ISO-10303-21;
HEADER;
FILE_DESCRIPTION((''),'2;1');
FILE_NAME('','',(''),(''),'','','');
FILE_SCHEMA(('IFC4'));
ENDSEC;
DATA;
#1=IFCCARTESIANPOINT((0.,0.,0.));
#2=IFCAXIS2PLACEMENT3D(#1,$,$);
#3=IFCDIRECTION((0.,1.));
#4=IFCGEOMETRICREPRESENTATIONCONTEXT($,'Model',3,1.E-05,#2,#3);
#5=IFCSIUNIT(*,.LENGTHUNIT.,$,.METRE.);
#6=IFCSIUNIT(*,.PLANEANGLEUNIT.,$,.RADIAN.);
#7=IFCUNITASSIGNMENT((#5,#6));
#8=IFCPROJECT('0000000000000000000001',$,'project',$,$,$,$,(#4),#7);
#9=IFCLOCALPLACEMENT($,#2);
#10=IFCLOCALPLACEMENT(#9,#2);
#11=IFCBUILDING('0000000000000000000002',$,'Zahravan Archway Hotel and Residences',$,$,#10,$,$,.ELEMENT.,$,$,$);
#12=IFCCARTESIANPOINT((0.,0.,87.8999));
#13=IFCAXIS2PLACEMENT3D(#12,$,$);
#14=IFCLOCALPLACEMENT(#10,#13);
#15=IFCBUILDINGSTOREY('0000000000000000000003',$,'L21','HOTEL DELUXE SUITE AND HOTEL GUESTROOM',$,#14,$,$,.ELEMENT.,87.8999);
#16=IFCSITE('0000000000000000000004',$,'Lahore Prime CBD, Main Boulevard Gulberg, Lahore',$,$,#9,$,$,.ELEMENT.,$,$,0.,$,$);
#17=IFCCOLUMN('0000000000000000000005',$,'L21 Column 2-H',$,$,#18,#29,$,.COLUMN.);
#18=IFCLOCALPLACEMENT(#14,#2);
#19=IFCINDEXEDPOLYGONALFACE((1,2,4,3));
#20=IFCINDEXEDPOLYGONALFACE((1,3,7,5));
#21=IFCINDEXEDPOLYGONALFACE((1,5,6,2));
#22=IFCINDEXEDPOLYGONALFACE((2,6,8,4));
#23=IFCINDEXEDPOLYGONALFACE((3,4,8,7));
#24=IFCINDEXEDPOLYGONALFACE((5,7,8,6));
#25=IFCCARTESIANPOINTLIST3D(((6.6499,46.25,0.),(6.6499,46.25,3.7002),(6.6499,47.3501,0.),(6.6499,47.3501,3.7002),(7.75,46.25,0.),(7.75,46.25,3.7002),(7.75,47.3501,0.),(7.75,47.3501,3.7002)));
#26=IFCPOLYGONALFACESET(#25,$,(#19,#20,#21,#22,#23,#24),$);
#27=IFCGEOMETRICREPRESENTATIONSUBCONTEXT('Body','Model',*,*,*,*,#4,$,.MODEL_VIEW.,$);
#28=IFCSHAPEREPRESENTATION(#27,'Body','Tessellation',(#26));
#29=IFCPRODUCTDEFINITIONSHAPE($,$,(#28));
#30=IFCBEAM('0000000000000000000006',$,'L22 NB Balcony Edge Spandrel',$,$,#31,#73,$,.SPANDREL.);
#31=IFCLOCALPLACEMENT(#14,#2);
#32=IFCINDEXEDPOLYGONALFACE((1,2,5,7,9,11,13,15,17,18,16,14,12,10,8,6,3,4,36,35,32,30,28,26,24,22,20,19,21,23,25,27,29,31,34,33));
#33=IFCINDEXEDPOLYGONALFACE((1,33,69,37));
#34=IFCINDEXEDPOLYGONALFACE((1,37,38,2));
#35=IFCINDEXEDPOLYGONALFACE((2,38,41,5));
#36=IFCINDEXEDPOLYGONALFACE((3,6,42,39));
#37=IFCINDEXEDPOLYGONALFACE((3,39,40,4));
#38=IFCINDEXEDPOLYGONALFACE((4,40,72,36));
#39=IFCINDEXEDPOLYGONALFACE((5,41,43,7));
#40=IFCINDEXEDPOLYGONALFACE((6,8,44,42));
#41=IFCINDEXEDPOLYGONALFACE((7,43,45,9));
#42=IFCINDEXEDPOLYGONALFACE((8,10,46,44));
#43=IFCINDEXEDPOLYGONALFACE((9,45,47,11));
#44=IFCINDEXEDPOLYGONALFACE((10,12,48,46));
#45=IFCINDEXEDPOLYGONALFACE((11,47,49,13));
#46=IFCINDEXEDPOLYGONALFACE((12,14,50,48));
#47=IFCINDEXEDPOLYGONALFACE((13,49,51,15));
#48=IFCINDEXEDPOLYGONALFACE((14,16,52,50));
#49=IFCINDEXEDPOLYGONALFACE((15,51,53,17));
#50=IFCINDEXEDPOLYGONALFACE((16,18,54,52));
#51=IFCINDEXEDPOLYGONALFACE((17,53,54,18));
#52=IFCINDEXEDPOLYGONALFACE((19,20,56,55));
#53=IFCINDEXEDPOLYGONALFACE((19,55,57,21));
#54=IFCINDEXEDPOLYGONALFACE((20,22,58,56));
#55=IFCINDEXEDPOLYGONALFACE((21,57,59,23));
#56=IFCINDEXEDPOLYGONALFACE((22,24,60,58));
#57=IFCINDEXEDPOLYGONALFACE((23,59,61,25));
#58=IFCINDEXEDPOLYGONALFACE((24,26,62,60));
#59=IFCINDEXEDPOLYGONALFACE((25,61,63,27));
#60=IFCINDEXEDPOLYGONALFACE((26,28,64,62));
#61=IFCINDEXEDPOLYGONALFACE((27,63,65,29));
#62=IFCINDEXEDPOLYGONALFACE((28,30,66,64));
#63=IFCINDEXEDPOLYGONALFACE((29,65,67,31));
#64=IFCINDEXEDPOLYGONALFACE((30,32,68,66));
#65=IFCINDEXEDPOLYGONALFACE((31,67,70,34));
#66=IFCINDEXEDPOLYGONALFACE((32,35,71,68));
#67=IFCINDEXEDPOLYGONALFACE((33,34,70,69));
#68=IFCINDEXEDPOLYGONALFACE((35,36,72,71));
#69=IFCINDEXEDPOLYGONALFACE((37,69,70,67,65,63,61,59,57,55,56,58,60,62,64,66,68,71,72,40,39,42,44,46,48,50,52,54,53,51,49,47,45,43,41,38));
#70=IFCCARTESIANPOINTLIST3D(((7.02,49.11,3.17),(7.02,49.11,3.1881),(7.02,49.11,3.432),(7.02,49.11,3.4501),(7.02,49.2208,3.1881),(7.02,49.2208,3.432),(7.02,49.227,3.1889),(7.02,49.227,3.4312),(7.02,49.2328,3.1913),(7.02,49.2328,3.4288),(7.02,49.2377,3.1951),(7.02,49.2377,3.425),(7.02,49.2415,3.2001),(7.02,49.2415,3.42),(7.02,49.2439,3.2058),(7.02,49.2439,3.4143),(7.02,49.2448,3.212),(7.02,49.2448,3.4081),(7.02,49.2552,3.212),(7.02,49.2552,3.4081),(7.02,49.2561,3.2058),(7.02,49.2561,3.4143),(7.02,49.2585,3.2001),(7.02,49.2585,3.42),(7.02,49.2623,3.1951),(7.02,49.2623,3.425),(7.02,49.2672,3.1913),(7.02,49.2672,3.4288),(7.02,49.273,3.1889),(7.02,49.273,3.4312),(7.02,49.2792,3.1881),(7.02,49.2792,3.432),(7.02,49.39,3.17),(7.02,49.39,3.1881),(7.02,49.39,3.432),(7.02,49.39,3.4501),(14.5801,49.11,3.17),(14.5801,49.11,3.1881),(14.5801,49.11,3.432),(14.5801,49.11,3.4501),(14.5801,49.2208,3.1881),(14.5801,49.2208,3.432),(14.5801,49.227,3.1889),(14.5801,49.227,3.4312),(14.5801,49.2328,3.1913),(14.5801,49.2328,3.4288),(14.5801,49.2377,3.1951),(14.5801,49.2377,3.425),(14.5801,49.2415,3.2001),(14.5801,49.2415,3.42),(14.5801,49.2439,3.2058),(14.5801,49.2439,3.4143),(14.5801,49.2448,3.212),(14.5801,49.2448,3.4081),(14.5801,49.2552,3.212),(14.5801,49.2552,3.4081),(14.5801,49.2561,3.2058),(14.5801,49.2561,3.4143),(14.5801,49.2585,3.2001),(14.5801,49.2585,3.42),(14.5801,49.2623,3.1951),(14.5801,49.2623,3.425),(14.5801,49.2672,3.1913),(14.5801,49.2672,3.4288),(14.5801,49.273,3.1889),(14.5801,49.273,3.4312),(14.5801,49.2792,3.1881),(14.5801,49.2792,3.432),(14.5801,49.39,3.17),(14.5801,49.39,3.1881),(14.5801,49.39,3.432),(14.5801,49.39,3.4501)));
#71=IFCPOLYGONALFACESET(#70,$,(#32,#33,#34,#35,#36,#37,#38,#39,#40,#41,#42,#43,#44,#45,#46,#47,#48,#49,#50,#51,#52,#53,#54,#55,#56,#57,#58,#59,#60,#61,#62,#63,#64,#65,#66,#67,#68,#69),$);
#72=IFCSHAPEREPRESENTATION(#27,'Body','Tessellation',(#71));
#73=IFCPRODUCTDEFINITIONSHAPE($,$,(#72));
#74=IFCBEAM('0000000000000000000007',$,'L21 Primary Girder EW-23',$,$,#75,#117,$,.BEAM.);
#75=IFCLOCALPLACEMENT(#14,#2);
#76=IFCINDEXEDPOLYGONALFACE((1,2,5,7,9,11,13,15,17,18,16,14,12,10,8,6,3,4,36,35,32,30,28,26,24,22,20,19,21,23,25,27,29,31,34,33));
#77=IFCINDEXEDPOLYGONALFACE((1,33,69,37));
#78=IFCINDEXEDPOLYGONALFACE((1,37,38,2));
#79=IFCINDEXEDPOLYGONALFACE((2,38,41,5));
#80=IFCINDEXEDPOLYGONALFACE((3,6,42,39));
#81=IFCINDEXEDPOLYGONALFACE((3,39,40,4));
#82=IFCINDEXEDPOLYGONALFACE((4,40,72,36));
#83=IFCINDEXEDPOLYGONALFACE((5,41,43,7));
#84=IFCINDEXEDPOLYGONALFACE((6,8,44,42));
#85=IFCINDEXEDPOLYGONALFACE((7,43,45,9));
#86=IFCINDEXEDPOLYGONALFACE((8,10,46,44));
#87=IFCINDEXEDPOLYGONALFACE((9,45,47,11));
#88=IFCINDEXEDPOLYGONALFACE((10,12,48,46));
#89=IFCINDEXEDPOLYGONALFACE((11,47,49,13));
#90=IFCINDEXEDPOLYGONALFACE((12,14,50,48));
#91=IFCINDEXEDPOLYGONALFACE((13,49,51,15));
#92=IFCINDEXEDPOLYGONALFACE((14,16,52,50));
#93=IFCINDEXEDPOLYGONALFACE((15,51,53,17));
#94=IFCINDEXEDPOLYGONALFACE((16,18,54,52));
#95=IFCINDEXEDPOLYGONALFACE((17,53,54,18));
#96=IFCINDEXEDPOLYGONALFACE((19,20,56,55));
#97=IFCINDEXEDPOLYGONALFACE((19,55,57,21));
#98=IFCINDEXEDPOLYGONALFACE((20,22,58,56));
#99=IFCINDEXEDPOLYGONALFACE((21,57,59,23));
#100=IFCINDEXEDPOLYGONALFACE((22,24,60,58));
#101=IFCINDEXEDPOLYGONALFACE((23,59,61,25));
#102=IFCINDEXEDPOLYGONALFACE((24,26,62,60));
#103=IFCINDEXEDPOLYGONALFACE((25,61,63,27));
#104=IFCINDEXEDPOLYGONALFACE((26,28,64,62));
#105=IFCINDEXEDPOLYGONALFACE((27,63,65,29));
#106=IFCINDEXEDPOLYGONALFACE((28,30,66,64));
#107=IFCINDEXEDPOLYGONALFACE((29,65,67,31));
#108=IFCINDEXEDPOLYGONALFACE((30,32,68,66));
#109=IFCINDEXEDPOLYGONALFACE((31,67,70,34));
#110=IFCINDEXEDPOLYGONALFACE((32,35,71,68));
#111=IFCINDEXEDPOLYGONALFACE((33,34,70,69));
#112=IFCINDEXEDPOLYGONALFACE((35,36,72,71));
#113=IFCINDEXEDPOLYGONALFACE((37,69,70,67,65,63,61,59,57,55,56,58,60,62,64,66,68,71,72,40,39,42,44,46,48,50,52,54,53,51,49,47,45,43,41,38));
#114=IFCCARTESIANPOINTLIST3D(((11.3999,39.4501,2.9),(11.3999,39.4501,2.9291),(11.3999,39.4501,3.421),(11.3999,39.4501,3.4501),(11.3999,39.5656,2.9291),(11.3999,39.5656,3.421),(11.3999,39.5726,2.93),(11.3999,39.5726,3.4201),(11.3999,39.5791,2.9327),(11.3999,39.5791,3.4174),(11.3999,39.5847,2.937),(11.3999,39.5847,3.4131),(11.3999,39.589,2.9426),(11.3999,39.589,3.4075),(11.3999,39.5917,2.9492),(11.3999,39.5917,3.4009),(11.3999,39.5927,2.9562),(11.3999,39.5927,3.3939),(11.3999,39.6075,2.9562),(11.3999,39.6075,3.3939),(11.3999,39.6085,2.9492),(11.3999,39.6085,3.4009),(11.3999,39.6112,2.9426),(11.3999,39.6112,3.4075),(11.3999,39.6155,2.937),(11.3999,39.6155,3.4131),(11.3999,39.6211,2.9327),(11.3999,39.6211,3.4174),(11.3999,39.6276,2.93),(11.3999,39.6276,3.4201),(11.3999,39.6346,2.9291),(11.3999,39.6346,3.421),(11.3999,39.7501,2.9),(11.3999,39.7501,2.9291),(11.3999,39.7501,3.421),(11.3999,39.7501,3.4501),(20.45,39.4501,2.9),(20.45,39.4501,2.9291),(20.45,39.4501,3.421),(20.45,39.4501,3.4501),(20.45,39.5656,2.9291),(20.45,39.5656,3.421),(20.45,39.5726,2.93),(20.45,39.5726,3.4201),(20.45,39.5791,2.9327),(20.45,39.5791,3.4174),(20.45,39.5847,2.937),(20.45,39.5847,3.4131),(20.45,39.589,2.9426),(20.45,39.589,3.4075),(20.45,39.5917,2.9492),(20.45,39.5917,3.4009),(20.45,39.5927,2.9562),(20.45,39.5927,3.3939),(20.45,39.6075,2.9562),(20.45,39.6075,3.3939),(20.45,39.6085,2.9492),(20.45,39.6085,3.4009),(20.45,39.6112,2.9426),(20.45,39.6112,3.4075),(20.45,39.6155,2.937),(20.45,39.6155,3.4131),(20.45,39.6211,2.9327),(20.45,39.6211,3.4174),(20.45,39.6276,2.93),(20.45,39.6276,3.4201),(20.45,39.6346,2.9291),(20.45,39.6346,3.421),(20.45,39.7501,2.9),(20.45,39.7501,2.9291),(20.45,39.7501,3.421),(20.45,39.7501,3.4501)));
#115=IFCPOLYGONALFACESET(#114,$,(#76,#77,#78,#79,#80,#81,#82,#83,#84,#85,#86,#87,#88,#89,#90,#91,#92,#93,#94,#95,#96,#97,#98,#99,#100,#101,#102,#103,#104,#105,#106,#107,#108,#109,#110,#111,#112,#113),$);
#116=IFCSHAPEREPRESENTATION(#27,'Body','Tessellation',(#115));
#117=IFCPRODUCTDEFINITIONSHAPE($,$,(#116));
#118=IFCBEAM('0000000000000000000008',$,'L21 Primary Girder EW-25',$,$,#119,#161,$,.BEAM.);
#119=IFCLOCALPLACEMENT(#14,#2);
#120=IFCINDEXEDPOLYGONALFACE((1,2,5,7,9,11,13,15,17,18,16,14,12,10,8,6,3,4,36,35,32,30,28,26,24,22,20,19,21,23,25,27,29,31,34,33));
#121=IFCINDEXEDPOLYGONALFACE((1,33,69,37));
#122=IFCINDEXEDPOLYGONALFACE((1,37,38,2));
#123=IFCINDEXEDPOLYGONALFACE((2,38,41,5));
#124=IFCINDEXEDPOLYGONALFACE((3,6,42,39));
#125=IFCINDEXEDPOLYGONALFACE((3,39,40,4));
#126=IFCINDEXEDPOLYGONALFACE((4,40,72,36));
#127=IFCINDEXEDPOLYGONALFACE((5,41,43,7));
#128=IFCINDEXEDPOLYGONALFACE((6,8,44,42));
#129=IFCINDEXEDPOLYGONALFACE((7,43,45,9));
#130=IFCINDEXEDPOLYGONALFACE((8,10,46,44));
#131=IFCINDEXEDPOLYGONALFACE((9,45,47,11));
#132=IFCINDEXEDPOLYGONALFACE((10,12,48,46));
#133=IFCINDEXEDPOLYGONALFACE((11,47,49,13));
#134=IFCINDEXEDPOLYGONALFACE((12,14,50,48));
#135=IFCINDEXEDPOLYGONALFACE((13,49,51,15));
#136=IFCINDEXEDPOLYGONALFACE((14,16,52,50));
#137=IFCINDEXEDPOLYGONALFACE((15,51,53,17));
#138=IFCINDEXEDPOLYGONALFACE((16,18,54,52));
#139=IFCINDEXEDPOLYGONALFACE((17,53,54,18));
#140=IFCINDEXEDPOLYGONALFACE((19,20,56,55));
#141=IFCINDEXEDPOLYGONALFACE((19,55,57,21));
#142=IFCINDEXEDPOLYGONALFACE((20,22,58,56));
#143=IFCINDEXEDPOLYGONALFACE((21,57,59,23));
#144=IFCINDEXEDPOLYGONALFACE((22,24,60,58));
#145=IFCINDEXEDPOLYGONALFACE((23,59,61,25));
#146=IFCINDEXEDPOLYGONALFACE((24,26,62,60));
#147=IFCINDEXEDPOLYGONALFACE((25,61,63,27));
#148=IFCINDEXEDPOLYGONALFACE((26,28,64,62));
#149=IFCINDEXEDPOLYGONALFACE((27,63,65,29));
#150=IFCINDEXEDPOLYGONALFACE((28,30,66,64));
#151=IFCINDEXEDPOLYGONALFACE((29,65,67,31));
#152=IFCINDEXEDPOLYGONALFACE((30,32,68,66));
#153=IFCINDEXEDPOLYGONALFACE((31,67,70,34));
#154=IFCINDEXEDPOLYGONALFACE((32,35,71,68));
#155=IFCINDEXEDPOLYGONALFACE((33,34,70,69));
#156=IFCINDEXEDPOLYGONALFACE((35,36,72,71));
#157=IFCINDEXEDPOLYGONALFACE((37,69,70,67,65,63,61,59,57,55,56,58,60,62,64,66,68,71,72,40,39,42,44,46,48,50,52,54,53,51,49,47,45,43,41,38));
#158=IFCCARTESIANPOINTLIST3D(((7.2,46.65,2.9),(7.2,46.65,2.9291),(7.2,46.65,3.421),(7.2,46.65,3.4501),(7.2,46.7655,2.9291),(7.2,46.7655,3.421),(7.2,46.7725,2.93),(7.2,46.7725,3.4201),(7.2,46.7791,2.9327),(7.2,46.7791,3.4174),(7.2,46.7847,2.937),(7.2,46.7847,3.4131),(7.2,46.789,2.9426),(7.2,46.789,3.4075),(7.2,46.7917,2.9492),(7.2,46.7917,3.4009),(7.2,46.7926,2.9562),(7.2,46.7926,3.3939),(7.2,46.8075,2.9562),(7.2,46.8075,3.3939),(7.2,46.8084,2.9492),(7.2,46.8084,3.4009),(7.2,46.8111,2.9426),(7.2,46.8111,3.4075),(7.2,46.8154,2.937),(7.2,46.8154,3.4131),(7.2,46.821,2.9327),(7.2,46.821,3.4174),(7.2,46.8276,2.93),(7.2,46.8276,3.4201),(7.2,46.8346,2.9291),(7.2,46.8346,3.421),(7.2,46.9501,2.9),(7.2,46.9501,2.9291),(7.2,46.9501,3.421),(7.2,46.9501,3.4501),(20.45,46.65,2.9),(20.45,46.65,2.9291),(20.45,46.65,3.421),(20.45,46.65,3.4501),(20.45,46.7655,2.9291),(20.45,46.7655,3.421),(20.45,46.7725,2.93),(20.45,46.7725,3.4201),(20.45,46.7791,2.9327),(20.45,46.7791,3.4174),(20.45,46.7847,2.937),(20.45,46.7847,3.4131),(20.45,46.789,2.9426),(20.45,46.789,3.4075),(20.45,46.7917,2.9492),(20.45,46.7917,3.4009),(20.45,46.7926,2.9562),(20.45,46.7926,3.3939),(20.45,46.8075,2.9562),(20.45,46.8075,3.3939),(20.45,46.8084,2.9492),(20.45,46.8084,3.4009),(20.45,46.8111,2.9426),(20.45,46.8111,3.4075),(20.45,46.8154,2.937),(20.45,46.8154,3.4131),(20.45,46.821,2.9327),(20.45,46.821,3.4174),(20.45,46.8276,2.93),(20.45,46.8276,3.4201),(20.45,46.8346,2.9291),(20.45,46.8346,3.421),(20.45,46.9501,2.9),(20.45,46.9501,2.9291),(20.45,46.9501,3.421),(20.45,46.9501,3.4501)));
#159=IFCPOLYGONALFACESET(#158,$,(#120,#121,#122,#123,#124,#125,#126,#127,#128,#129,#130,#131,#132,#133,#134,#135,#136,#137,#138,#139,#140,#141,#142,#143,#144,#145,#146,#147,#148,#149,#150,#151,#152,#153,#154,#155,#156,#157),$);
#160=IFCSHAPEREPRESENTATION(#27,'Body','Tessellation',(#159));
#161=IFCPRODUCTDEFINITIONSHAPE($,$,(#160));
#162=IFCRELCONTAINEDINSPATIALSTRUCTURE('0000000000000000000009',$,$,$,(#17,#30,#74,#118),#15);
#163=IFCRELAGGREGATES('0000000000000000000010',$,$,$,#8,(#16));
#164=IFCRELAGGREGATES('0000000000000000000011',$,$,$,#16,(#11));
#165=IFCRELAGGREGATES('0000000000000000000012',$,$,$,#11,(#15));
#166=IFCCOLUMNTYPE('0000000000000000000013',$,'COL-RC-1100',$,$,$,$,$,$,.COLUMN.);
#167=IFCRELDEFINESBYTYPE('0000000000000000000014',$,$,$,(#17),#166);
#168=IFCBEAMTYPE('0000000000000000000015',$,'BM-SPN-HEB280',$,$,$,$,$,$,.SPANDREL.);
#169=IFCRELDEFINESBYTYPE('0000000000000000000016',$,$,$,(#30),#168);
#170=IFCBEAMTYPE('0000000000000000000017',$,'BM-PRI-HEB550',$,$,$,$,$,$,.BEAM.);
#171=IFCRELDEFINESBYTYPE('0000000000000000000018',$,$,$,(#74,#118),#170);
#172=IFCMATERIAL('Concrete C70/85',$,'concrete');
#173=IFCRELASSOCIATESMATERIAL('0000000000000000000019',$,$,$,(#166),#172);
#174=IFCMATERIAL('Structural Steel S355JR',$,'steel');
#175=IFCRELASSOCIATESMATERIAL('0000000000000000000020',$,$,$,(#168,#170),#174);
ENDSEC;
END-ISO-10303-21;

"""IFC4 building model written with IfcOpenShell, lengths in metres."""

from ifc_helpers import new_model, si_unit, direction, frame, origin, origin_2d, place, context, subcontext, project, spatial, rectangle, i_section, extrude, source, transform, mapped, material, material_profile, profile_set, type_object, type_shapes, element, save


model = new_model("IFC4")

# Units and contexts
model_context = context("Model", 3, precision=1e-05, world=origin(), true_north=direction((0.0, 1.0)))
body_context = subcontext(model_context, "Body", "Model", "MODEL_VIEW")
ifc_project = project(units=[si_unit("LENGTHUNIT", "METRE"), si_unit("PLANEANGLEUNIT", "RADIAN")], contexts=[model_context])

# Site, building, storey
site_placement = place(None, origin())
site = spatial("IfcSite", under=ifc_project, at=site_placement, Name="Lahore Prime CBD, Main Boulevard Gulberg, Lahore", CompositionType="ELEMENT", RefElevation=0.0)
building_placement = place(site_placement, origin())
building = spatial("IfcBuilding", under=site, at=building_placement, Name="Zahravan Archway Hotel and Residences", CompositionType="ELEMENT")
storey_placement = place(building_placement, frame((0.0, 0.0, 87.8999)))
storey = spatial("IfcBuildingStorey", under=building, at=storey_placement, Name="L21", Description="HOTEL DELUXE SUITE AND HOTEL GUESTROOM", CompositionType="ELEMENT", Elevation=87.8999)

# Column
ifc_material_1 = material(Name="Concrete C70/85", Category="concrete")
ifc_material_profile_1 = material_profile(ifc_material_1, rectangle(XDim=1.1001, YDim=1.1001, at=origin_2d()), Name="RC 1100x1100", Category="concrete")
ifc_profile_set_1 = profile_set([ifc_material_profile_1], Name="Concrete C70/85")
column_type = type_object("IfcColumnType", Name="COL-RC-1100", PredefinedType="COLUMN", material=ifc_profile_set_1)
shared_shape_1 = source(origin(), body_context, "Body", "SweptSolid", [
    extrude(rectangle(XDim=1.1001, YDim=1.1001, at=origin_2d()), origin(), (0.0, 0.0, 1.0), 3.7002),
])
column_placement = place(storey_placement, frame((7.2, 46.8, 0.0), z_axis=(0.0, 0.0, 1.0), x_axis=(1.0, 0.0, 0.0)))
element("IfcColumn", 1, at=column_placement, inside=storey, type_object=column_type, Name="L21 Column 2-H", PredefinedType="COLUMN", context=body_context, shape_type="MappedRepresentation", body=[
    mapped(shared_shape_1, transform((0.0, 0.0, 0.0), scale=1.0)),
])

# Beams
ifc_material_2 = material(Name="Structural Steel S355JR", Category="steel")
ifc_material_profile_2 = material_profile(ifc_material_2, i_section(OverallWidth=0.28, OverallDepth=0.28, WebThickness=0.0105, FlangeThickness=0.0181, FilletRadius=0.0239, at=origin_2d()), Name="HEB 280", Category="steel")
ifc_profile_set_2 = profile_set([ifc_material_profile_2], Name="Structural Steel S355JR")
beam_type_1 = type_object("IfcBeamType", Name="BM-SPN-HEB280", PredefinedType="SPANDREL", material=ifc_profile_set_2)
shared_shape_2 = source(origin(), body_context, "Body", "SweptSolid", [
    extrude(i_section(OverallWidth=0.28, OverallDepth=0.28, WebThickness=0.0105, FlangeThickness=0.0181, FilletRadius=0.0239, at=origin_2d()), origin(), (0.0, 0.0, 1.0), 7.5601),
])
type_shapes(beam_type_1, [shared_shape_2])
beam_1_placement = place(storey_placement, frame((7.02, 49.25, 3.3101), z_axis=(1.0, 0.0, 0.0), x_axis=(0.0, 1.0, 0.0)))
element("IfcBeam", 2, at=beam_1_placement, inside=storey, type_object=beam_type_1, Name="L22 NB Balcony Edge Spandrel", PredefinedType="SPANDREL", context=body_context, shape_type="MappedRepresentation", body=[
    mapped(shared_shape_2, transform((0.0, 0.0, 0.0), scale=1.0)),
])
ifc_material_profile_3 = material_profile(ifc_material_2, i_section(OverallWidth=0.3, OverallDepth=0.55, WebThickness=0.0149, FlangeThickness=0.0291, FilletRadius=0.0271, at=origin_2d()), Name="HEB 550", Category="steel")
ifc_profile_set_3 = profile_set([ifc_material_profile_3], Name="Structural Steel S355JR")
beam_type_2 = type_object("IfcBeamType", Name="BM-PRI-HEB550", PredefinedType="BEAM", material=ifc_profile_set_3)
shared_shape_3 = source(origin(), body_context, "Body", "SweptSolid", [
    extrude(i_section(OverallWidth=0.3, OverallDepth=0.55, WebThickness=0.0149, FlangeThickness=0.0291, FilletRadius=0.0271, at=origin_2d()), origin(), (0.0, 0.0, 1.0), 9.05),
])
beam_2_placement = place(storey_placement, frame((11.3999, 39.6001, 3.175), z_axis=(1.0, 0.0, 0.0), x_axis=(0.0, 1.0, 0.0)))
element("IfcBeam", 3, at=beam_2_placement, inside=storey, type_object=beam_type_2, Name="L21 Primary Girder EW-23", PredefinedType="BEAM", context=body_context, shape_type="MappedRepresentation", body=[
    mapped(shared_shape_3, transform((0.0, 0.0, 0.0), scale=1.0)),
])
shared_shape_4 = source(origin(), body_context, "Body", "SweptSolid", [
    extrude(i_section(OverallWidth=0.3, OverallDepth=0.55, WebThickness=0.0149, FlangeThickness=0.0291, FilletRadius=0.0271, at=origin_2d()), origin(), (0.0, 0.0, 1.0), 13.25),
])
beam_3_placement = place(storey_placement, frame((7.2, 46.8, 3.175), z_axis=(1.0, 0.0, 0.0), x_axis=(0.0, 1.0, 0.0)))
element("IfcBeam", 4, at=beam_3_placement, inside=storey, type_object=beam_type_2, Name="L21 Primary Girder EW-25", PredefinedType="BEAM", context=body_context, shape_type="MappedRepresentation", body=[
    mapped(shared_shape_4, transform((0.0, 0.0, 0.0), scale=1.0)),
])

save(model, "model.ifc")
